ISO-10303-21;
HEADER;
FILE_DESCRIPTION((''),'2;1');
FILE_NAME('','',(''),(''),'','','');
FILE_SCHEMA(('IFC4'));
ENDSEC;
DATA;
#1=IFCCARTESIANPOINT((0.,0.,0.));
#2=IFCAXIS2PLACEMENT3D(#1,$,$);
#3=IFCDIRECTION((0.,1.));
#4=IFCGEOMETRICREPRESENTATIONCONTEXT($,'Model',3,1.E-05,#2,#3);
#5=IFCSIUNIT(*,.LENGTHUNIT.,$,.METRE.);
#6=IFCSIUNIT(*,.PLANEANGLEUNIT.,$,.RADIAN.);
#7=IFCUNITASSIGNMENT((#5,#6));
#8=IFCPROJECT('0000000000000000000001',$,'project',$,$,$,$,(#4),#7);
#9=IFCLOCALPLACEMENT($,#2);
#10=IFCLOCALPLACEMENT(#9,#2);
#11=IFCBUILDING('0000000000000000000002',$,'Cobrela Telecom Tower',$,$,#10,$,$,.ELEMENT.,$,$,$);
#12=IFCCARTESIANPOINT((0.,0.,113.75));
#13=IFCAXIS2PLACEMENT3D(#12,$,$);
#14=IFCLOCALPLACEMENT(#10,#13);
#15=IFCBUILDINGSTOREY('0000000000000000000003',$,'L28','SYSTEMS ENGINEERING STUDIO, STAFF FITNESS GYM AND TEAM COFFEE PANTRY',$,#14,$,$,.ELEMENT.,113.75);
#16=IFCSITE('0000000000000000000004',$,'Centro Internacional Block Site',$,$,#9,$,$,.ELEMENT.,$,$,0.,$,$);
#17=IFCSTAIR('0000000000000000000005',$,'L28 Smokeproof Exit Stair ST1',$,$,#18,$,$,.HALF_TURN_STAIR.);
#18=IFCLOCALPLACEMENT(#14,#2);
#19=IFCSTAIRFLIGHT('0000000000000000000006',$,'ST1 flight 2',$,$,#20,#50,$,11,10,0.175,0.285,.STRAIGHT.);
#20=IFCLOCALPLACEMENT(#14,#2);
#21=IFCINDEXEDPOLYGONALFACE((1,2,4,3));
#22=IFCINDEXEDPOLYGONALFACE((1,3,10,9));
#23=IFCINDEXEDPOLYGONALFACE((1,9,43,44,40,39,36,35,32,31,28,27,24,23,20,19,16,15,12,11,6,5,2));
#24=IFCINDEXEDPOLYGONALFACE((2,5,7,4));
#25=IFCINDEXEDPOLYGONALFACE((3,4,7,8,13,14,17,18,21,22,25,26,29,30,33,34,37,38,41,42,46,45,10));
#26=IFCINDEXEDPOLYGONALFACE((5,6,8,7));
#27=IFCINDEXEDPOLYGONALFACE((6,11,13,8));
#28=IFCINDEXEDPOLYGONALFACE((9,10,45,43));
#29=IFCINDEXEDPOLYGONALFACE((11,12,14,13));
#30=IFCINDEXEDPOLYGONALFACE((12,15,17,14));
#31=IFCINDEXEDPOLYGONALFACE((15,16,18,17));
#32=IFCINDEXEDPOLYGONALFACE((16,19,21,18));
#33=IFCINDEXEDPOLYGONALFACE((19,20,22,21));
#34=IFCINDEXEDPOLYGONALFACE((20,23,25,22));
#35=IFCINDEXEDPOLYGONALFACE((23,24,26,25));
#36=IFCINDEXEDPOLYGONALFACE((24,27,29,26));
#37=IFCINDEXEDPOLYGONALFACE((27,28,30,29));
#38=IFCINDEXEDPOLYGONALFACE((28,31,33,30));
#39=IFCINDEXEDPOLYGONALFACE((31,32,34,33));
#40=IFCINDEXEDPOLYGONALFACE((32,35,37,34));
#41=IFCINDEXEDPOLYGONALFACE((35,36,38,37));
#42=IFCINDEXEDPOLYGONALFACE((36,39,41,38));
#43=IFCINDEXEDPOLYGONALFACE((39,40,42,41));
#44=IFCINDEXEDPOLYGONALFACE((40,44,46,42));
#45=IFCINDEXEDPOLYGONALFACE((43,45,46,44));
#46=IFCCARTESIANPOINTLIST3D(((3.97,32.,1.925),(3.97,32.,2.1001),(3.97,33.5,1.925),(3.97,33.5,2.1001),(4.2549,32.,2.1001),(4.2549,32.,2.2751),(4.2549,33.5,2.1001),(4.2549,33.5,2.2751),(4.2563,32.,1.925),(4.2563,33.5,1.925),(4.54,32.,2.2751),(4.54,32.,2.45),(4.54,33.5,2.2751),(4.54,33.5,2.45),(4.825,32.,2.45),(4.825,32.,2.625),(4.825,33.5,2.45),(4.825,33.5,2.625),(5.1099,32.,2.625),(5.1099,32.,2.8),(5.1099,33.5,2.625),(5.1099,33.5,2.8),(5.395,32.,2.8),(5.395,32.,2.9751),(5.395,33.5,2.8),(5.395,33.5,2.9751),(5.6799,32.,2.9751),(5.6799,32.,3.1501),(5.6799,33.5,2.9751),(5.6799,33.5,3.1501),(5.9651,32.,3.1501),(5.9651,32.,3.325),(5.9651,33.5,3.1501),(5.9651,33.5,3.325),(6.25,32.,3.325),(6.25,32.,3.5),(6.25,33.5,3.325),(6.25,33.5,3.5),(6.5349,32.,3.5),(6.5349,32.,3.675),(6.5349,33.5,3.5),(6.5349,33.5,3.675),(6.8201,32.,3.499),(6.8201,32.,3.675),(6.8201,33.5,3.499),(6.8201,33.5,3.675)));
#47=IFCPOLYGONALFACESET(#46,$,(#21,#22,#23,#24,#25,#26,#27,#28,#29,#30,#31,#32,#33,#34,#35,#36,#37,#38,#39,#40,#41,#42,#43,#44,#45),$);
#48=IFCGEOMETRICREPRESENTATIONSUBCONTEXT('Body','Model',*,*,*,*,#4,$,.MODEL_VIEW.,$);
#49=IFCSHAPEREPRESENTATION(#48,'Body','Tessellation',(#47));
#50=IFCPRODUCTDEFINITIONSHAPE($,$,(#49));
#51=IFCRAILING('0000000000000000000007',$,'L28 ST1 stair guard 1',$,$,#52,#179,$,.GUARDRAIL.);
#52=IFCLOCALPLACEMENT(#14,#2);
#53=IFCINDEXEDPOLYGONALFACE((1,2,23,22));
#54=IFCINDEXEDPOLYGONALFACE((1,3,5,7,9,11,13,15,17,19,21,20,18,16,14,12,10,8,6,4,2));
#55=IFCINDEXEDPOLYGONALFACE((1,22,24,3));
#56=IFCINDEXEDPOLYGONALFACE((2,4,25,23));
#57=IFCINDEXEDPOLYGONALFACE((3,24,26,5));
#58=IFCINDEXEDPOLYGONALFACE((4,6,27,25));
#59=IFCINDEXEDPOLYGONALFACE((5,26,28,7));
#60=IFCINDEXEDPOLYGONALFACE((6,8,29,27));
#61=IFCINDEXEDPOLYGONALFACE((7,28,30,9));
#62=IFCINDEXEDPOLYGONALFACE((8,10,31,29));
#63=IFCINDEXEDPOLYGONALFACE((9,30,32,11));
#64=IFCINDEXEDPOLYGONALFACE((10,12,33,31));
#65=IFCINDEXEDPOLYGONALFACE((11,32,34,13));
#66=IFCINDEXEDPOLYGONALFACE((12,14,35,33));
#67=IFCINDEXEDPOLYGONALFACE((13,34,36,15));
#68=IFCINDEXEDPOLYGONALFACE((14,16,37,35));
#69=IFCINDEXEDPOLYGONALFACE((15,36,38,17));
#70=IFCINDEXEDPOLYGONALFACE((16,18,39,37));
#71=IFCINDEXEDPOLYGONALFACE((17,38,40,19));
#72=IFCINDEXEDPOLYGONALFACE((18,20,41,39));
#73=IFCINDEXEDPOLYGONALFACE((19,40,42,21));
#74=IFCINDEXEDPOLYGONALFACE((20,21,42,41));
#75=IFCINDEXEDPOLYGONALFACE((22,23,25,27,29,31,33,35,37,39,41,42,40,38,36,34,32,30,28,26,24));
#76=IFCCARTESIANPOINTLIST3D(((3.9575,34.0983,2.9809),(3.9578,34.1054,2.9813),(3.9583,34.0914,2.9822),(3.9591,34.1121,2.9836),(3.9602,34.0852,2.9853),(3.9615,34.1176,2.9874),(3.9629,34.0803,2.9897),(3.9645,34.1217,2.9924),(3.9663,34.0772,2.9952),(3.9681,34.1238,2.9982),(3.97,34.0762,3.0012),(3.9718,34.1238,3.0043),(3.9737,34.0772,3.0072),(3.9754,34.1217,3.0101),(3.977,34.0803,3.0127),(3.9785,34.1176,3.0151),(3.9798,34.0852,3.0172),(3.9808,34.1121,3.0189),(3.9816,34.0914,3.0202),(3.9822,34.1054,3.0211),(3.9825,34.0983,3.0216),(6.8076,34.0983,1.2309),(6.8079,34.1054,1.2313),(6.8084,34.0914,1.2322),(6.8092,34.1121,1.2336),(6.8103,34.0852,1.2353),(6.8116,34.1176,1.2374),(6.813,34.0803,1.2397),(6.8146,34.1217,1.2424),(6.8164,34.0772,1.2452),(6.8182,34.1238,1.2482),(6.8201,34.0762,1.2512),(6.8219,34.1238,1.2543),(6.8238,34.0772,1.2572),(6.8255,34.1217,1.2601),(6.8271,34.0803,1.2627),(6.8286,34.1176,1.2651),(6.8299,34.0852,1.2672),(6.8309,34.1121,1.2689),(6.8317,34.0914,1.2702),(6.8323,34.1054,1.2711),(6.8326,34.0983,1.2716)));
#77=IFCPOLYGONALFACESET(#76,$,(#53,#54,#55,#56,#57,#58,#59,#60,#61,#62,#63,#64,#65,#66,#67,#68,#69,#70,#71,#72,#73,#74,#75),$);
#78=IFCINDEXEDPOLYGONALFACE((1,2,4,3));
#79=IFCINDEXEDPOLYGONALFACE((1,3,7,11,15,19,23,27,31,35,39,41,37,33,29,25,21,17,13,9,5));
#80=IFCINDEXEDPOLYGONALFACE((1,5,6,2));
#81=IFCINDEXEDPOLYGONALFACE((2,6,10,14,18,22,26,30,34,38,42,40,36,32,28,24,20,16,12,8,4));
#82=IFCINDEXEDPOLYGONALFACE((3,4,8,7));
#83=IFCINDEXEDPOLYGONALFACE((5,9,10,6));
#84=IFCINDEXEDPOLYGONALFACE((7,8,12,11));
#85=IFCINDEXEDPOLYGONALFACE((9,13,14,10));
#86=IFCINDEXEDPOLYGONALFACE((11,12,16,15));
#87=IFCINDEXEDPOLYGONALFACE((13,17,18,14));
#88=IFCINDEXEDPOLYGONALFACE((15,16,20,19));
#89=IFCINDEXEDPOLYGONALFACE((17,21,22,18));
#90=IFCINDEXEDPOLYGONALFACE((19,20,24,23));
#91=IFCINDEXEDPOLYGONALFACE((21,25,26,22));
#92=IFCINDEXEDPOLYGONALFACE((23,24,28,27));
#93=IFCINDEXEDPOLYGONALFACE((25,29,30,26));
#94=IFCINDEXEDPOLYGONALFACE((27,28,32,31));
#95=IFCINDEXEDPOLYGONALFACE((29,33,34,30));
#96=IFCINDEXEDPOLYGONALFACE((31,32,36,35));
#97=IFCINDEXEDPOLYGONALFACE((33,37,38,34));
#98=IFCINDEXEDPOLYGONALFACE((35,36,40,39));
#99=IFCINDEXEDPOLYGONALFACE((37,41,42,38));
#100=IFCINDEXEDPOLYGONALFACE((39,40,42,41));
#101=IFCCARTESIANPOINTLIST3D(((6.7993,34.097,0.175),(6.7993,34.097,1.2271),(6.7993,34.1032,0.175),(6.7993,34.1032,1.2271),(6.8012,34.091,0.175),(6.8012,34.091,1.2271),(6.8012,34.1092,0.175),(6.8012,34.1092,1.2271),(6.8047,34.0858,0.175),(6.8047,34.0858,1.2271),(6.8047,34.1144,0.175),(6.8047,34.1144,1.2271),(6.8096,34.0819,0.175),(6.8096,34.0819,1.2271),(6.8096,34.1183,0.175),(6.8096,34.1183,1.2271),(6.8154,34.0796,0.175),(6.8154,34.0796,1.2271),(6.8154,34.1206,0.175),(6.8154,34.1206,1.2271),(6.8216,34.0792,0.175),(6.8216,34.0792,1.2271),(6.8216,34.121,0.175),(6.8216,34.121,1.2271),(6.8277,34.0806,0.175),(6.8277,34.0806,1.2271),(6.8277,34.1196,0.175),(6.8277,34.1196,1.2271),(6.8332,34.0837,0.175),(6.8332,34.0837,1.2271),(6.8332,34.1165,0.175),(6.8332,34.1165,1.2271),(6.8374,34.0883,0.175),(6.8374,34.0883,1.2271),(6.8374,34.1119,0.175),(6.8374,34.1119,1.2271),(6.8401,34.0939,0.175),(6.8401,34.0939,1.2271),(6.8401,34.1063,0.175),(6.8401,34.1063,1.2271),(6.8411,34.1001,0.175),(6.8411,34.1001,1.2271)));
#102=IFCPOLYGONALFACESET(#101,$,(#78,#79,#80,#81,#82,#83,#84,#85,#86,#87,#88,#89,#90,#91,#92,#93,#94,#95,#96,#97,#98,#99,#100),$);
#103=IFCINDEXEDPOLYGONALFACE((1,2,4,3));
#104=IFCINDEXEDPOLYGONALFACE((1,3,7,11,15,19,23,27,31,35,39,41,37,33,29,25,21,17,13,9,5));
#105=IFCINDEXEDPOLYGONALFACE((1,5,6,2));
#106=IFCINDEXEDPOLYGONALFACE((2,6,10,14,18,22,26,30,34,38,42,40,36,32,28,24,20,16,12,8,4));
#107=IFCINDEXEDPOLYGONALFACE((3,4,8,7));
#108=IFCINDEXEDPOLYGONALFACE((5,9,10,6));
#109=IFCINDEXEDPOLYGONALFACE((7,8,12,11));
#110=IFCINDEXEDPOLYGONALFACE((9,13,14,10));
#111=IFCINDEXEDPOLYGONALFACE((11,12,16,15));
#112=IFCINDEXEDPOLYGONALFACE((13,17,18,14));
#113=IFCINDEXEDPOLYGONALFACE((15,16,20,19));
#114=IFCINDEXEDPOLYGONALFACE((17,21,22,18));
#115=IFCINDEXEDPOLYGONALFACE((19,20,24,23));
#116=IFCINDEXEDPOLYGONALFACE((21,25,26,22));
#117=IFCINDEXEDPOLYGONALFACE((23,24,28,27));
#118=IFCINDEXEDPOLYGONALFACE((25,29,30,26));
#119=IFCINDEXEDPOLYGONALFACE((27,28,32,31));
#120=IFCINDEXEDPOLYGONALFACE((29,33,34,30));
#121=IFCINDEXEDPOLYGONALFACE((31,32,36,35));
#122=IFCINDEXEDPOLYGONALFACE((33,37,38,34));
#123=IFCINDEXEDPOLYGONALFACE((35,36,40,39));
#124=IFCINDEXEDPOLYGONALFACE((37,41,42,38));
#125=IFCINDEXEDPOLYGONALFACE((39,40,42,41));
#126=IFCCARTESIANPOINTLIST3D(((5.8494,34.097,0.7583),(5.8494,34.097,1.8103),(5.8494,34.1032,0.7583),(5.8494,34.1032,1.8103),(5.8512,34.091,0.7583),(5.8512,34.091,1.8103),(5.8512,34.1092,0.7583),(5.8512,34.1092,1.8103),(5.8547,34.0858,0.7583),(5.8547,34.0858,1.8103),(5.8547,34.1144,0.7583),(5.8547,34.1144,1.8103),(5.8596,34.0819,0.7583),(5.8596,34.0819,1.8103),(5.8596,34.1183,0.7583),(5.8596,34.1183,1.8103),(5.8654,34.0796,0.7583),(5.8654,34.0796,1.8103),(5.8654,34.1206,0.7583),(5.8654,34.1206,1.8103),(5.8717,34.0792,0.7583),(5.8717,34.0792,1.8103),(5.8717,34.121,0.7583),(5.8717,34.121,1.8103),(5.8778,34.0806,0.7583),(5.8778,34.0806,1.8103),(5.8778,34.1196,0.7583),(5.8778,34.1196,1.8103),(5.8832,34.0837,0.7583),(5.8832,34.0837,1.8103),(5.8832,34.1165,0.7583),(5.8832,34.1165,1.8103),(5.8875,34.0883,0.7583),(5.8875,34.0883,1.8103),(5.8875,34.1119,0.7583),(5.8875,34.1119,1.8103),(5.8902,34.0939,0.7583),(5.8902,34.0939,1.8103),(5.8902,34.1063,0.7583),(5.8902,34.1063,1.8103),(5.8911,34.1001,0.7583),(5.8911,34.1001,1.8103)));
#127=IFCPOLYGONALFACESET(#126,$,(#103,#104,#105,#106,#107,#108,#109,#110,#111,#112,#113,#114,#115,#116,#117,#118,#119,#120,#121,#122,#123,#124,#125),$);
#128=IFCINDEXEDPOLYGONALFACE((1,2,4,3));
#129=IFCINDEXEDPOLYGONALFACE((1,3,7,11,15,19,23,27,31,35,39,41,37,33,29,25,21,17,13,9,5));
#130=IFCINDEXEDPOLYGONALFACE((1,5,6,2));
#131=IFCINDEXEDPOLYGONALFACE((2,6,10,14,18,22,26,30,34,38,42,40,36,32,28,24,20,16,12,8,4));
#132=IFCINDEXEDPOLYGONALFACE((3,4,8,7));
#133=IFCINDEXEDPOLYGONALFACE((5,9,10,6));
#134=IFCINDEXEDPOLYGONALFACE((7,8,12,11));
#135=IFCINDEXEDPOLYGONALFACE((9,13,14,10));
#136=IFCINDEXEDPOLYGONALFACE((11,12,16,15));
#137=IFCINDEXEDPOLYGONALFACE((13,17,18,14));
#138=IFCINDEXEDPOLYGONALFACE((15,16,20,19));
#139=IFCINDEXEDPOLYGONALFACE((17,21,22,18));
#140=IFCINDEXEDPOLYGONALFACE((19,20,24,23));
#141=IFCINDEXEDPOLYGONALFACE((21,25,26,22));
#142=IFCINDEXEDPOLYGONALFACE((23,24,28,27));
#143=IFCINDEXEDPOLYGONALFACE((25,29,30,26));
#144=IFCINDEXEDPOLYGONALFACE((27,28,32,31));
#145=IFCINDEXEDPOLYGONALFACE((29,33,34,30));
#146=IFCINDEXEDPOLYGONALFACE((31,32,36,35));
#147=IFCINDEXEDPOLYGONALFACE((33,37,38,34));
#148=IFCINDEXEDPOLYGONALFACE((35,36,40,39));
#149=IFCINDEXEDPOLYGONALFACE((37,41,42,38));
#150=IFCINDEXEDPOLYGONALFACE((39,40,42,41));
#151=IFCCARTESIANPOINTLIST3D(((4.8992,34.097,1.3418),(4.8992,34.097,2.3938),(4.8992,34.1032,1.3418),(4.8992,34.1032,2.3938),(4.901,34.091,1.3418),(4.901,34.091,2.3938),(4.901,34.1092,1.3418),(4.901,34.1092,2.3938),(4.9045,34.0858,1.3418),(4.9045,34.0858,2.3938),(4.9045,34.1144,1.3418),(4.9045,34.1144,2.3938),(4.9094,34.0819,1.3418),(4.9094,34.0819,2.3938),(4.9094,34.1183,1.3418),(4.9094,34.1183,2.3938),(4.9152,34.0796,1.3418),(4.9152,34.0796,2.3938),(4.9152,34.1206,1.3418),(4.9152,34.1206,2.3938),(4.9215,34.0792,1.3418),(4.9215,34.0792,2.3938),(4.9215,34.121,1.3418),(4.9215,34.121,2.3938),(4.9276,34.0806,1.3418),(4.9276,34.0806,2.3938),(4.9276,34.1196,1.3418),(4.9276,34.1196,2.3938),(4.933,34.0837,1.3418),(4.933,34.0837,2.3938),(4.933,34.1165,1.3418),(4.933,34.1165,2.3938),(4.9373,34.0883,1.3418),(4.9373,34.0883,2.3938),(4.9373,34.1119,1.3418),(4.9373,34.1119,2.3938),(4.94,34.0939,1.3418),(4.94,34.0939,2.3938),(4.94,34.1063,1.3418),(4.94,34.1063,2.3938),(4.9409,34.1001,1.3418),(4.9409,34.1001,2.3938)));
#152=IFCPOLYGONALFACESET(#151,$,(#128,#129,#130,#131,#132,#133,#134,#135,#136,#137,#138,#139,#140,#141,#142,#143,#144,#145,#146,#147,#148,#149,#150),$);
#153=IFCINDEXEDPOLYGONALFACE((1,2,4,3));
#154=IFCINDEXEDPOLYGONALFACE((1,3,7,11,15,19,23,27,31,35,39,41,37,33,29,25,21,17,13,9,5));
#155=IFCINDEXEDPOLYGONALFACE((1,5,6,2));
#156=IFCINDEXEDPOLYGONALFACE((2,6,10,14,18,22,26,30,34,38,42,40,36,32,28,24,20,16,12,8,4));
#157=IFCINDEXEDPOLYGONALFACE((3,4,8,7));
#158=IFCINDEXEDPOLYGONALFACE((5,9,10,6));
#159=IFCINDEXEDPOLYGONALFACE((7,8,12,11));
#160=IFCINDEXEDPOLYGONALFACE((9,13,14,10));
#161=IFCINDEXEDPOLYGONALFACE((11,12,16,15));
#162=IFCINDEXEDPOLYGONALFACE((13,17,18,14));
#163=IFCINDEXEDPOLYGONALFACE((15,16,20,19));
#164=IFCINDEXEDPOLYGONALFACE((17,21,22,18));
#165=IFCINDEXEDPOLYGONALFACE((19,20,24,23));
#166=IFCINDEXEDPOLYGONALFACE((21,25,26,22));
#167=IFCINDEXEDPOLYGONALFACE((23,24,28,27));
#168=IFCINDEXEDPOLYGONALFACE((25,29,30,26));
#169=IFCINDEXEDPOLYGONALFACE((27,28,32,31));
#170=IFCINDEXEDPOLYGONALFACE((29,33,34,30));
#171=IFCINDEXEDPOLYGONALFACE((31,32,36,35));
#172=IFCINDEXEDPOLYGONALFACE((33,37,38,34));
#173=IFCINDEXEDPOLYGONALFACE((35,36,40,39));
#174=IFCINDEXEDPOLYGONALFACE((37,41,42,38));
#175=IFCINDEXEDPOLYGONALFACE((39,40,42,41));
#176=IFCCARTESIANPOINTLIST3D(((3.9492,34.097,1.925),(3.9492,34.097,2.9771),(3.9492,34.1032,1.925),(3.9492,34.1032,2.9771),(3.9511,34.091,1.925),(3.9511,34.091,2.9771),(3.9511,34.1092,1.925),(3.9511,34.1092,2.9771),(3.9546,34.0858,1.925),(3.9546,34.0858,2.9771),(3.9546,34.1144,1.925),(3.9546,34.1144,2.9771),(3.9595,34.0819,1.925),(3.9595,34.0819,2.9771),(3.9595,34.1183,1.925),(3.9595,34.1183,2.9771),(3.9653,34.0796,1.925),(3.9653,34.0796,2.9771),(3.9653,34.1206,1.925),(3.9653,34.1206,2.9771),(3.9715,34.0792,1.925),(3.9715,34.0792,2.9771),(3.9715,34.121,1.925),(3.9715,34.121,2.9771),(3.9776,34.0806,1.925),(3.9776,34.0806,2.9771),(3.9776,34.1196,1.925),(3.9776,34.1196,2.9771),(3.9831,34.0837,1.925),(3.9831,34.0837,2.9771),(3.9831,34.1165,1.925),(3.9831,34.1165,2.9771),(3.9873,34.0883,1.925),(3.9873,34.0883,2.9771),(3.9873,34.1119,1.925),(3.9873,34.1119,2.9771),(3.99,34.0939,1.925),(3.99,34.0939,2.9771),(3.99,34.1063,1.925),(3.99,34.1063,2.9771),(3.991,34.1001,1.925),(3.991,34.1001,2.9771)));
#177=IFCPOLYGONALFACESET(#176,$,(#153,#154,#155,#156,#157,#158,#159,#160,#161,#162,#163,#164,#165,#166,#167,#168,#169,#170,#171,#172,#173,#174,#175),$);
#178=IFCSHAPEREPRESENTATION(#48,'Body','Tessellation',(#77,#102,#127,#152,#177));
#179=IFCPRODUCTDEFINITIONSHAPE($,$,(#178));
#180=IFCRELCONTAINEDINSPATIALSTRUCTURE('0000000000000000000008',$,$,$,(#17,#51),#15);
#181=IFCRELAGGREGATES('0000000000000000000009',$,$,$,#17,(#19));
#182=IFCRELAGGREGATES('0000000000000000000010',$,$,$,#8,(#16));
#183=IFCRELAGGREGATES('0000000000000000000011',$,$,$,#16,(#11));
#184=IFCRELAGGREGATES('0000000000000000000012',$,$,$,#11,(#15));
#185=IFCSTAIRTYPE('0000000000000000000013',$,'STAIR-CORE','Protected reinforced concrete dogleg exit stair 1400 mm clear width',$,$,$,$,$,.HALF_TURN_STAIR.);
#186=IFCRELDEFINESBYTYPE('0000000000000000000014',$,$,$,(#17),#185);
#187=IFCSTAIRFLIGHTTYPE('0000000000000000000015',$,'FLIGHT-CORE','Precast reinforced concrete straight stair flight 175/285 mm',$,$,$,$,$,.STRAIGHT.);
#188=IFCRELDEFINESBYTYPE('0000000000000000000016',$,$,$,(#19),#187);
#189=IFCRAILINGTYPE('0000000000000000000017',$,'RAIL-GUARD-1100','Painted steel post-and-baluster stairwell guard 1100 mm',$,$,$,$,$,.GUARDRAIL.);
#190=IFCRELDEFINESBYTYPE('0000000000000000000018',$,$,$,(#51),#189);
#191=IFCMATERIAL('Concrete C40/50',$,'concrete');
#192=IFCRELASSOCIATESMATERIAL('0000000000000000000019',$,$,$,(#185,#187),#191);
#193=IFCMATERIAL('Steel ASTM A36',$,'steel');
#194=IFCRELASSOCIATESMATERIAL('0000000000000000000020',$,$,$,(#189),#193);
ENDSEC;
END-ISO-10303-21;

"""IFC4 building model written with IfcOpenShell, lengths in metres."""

from ifc_helpers import new_model, si_unit, direction, frame, origin, origin_2d, place, context, subcontext, project, spatial, polyline, circle, outline, extrude, material, type_object, element, aggregate, save


model = new_model("IFC4")

# Units and contexts
model_context = context("Model", 3, precision=1e-05, world=origin(), true_north=direction((0.0, 1.0)))
body_context = subcontext(model_context, "Body", "Model", "MODEL_VIEW")
ifc_project = project(units=[si_unit("LENGTHUNIT", "METRE"), si_unit("PLANEANGLEUNIT", "RADIAN")], contexts=[model_context])

# Site, building, storey
site_placement = place(None, origin())
site = spatial("IfcSite", under=ifc_project, at=site_placement, Name="Centro Internacional Block Site", CompositionType="ELEMENT", RefElevation=0.0)
building_placement = place(site_placement, origin())
building = spatial("IfcBuilding", under=site, at=building_placement, Name="Cobrela Telecom Tower", CompositionType="ELEMENT")
storey_placement = place(building_placement, frame((0.0, 0.0, 113.75)))
storey = spatial("IfcBuildingStorey", under=building, at=storey_placement, Name="L28", Description="SYSTEMS ENGINEERING STUDIO, STAFF FITNESS GYM AND TEAM COFFEE PANTRY", CompositionType="ELEMENT", Elevation=113.75)

# Shared definitions
ifc_material_1 = material(Name="Steel ASTM A36", Category="steel")

# Shared definitions
ifc_material_2 = material(Name="Concrete C40/50", Category="concrete")

# Stair, stair flight
stair_type = type_object("IfcStairType", Name="STAIR-CORE", Description="Protected reinforced concrete dogleg exit stair 1400 mm clear width", PredefinedType="HALF_TURN_STAIR", material=ifc_material_2)
stair_placement = place(storey_placement, origin())
stair = element("IfcStair", 1, at=stair_placement, inside=storey, type_object=stair_type, Name="L28 Smokeproof Exit Stair ST1", PredefinedType="HALF_TURN_STAIR")
stair_flight_type = type_object("IfcStairFlightType", Name="FLIGHT-CORE", Description="Precast reinforced concrete straight stair flight 175/285 mm", PredefinedType="STRAIGHT", material=ifc_material_2)
stair_flight_1_placement = place(storey_placement, frame((3.97, 32.75, 1.925), z_axis=(0.0, 0.0, 1.0), x_axis=(1.0, 0.0, 0.0)))
stair_flight_1 = element("IfcStairFlight", 2, at=stair_flight_1_placement, type_object=stair_flight_type, Name="ST1 flight 2", NumberOfRisers=11, NumberOfTreads=10, PredefinedType="STRAIGHT", RiserHeight=0.175, TreadLength=0.285, context=body_context, shape_type="SweptSolid", body=[
    extrude(outline(polyline([(0.0, 0.0), (0.0, 0.175), (0.2849, 0.175), (0.2849, 0.3501), (0.5701, 0.3501), (0.5701, 0.5249), (0.855, 0.5249), (0.855, 0.7), (1.1399, 0.7), (1.1399, 0.875), (1.425, 0.875), (1.425, 1.05), (1.71, 1.05), (1.71, 1.2251), (1.9951, 1.2251), (1.9951, 1.3999), (2.28, 1.3999), (2.28, 1.575), (2.5649, 1.575), (2.5649, 1.75), (2.8501, 1.75), (2.8501, 1.925), (2.8501, 1.574), (0.2864, 0.0), (0.0, 0.0)])), frame((0.0, 0.75, 0.0), z_axis=(0.0, -1.0, 0.0), x_axis=(1.0, 0.0, 0.0)), (0.0, 0.0, 1.0), 1.5),
])
aggregate(stair, [stair_flight_1])

# Railing
railing_type_1 = type_object("IfcRailingType", Name="RAIL-GUARD-1100", Description="Painted steel post-and-baluster stairwell guard 1100 mm", PredefinedType="GUARDRAIL", material=ifc_material_1)
railing_1_placement = place(storey_placement, frame((6.8201, 34.1001, 0.175)))
element("IfcRailing", 3, at=railing_1_placement, inside=storey, type_object=railing_type_1, Name="L28 ST1 stair guard 1", PredefinedType="GUARDRAIL", context=body_context, shape_type="SweptSolid", body=[
    extrude(circle(Radius=0.0239, at=origin_2d()), frame((0.0, 0.0, 1.0762), z_axis=(-0.852179, 0.0, 0.52325), x_axis=(0.0, -1.0, 0.0)), (0.0, 0.0, 1.0), 3.3445),
    extrude(circle(Radius=0.021, at=origin_2d()), origin(), (0.0, 0.0, 1.0), 1.052),
    extrude(circle(Radius=0.021, at=origin_2d()), frame((-0.95, 0.0, 0.5833)), (0.0, 0.0, 1.0), 1.052),
    extrude(circle(Radius=0.021, at=origin_2d()), frame((-1.9001, 0.0, 1.1667)), (0.0, 0.0, 1.0), 1.052),
    extrude(circle(Radius=0.021, at=origin_2d()), frame((-2.8501, 0.0, 1.75)), (0.0, 0.0, 1.0), 1.052),
])

save(model, "model.ifc")
